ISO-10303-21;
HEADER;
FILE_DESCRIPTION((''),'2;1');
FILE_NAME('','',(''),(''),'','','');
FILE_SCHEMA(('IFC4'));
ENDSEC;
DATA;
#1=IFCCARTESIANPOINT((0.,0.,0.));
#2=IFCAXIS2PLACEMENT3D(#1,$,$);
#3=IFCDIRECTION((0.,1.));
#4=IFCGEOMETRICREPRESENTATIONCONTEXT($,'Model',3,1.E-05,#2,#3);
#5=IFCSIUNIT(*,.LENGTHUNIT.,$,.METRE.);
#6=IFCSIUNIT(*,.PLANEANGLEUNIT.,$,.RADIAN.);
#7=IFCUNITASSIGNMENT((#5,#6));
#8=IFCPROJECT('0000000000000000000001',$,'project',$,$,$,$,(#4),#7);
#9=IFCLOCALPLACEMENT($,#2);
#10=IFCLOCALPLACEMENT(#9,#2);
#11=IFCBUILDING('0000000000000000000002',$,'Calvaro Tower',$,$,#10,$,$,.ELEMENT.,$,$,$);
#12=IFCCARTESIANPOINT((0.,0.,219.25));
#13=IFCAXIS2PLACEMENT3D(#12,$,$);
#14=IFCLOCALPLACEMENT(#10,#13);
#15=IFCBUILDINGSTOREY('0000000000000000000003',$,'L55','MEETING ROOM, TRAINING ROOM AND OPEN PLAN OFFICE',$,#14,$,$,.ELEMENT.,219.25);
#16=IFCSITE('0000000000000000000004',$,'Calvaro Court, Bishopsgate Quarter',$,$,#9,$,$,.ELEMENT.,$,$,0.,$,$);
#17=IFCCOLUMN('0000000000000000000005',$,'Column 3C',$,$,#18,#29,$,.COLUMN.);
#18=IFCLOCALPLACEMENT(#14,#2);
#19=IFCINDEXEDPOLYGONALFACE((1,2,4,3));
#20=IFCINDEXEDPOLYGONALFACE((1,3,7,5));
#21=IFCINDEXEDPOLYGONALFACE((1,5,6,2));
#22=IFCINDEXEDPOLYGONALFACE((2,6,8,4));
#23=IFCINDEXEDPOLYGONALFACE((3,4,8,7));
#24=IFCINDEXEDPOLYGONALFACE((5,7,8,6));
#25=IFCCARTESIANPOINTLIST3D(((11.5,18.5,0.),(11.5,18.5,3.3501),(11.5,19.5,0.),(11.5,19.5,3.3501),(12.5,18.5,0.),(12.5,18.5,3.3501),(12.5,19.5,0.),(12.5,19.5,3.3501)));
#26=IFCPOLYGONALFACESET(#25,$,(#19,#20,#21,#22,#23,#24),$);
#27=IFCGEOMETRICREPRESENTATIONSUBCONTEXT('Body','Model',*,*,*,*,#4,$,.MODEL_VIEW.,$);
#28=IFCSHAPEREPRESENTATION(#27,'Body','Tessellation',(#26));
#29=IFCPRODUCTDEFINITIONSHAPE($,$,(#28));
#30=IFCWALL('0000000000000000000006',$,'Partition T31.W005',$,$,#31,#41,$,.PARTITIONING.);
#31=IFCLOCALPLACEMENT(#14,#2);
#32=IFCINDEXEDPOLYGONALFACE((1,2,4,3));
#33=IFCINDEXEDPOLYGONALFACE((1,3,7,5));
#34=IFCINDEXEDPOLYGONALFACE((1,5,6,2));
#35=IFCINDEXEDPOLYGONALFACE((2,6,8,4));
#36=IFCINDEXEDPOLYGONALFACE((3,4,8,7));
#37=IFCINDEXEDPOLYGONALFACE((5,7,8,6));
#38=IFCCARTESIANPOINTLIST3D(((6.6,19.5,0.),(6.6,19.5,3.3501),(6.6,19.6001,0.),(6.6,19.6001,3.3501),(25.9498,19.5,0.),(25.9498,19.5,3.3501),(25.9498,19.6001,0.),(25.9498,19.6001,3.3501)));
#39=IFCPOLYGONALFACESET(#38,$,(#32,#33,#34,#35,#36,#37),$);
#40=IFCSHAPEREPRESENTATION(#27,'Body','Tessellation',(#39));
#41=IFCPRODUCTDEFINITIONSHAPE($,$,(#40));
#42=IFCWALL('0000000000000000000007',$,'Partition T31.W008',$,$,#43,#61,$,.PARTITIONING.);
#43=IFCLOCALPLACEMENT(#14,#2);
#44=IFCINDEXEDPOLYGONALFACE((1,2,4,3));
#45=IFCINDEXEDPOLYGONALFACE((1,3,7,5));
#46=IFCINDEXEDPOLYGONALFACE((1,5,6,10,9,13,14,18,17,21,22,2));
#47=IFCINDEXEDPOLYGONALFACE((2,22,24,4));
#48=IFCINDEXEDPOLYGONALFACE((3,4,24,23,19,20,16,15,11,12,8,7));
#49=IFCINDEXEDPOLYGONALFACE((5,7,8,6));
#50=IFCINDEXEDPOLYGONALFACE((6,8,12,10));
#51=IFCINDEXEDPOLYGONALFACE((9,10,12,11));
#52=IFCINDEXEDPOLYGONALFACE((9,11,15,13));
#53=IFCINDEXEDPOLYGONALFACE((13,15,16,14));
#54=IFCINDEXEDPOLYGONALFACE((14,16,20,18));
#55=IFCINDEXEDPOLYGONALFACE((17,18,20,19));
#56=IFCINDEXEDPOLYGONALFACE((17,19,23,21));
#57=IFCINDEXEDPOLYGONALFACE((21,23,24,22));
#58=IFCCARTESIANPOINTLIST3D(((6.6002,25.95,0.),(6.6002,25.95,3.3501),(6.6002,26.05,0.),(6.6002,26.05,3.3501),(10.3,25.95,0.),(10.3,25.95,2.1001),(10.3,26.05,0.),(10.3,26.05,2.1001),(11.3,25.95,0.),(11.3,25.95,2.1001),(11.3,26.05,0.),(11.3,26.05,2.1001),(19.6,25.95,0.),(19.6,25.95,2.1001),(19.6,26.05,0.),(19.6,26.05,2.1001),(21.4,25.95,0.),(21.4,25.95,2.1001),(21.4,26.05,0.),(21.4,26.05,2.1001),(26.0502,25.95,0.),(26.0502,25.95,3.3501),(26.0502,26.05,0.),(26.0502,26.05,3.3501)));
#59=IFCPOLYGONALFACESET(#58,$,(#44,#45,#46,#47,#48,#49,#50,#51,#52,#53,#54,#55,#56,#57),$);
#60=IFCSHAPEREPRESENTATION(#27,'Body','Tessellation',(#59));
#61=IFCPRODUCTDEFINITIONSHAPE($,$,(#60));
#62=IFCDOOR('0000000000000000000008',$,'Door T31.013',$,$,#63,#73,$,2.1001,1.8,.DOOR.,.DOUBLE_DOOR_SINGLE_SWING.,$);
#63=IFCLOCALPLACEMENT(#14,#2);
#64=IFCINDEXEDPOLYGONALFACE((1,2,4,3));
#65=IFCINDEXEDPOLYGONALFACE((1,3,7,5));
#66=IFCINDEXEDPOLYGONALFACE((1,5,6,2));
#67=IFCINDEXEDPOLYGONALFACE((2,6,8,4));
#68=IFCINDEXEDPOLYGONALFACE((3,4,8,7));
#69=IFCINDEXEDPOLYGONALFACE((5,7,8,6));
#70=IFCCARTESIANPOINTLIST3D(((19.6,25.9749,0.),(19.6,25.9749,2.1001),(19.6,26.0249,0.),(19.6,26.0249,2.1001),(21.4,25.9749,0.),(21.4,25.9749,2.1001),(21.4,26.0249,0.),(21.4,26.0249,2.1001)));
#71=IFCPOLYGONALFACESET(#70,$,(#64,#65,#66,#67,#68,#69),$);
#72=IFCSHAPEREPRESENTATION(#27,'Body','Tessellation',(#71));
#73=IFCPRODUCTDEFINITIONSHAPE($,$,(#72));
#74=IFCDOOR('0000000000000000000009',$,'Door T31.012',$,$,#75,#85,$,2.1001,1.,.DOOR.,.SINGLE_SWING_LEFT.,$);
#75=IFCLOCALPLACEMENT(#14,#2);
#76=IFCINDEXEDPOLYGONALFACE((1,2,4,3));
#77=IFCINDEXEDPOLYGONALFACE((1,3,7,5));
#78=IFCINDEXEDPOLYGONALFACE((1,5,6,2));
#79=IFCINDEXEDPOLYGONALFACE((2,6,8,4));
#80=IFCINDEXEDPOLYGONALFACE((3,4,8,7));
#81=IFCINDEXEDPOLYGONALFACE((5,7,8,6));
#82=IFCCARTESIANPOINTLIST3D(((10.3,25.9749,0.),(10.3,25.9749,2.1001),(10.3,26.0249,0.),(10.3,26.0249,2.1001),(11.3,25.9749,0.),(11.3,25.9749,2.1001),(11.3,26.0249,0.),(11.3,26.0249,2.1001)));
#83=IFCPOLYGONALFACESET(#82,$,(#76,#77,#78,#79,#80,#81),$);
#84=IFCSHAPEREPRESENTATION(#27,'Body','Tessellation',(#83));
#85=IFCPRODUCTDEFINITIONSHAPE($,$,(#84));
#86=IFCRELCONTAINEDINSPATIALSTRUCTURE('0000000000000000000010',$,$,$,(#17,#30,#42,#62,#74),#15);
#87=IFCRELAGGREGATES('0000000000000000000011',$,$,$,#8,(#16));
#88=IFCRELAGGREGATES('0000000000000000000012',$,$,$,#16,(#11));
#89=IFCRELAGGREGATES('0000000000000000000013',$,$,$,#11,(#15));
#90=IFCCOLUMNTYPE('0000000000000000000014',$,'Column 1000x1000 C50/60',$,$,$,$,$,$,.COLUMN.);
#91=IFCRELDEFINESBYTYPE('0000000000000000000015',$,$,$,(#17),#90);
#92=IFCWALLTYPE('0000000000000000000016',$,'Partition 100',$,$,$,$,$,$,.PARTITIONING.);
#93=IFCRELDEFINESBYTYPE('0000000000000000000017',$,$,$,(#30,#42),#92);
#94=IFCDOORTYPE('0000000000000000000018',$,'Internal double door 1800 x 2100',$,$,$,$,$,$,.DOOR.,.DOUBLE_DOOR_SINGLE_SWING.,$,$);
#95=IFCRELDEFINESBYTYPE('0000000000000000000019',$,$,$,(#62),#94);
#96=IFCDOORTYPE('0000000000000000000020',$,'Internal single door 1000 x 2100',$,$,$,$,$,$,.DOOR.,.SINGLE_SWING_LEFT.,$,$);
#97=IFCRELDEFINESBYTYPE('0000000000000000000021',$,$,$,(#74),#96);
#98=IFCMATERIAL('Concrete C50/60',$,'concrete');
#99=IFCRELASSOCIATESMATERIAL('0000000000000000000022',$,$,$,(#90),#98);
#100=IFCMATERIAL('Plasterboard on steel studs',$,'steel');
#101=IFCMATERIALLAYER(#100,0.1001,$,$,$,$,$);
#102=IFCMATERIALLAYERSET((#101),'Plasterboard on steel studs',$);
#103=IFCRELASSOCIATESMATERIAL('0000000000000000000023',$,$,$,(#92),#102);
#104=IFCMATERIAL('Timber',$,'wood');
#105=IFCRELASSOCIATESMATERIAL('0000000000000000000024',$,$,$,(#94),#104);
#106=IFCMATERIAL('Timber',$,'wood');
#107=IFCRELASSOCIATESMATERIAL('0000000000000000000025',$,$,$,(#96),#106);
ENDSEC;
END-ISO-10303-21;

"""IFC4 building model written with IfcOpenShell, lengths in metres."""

from ifc_helpers import new_model, si_unit, direction, frame, frame_2d, origin, origin_2d, place, context, subcontext, project, spatial, rectangle, extrude, material, layer, layer_set, material_profile, profile_set, type_object, element, fill, save


model = new_model("IFC4")

# Units and contexts
model_context = context("Model", 3, precision=1e-05, world=origin(), true_north=direction((0.0, 1.0)))
body_context = subcontext(model_context, "Body", "Model", "MODEL_VIEW")
ifc_project = project(units=[si_unit("LENGTHUNIT", "METRE"), si_unit("PLANEANGLEUNIT", "RADIAN")], contexts=[model_context])

# Site, building, storey
site_placement = place(None, origin())
site = spatial("IfcSite", under=ifc_project, at=site_placement, Name="Calvaro Court, Bishopsgate Quarter", CompositionType="ELEMENT", RefElevation=0.0)
building_placement = place(site_placement, origin())
building = spatial("IfcBuilding", under=site, at=building_placement, Name="Calvaro Tower", CompositionType="ELEMENT")
storey_placement = place(building_placement, frame((0.0, 0.0, 219.25)))
storey = spatial("IfcBuildingStorey", under=building, at=storey_placement, Name="L55", Description="MEETING ROOM, TRAINING ROOM AND OPEN PLAN OFFICE", CompositionType="ELEMENT", Elevation=219.25)

# Column
ifc_material_1 = material(Name="Concrete C50/60", Category="concrete")
ifc_material_profile = material_profile(ifc_material_1, rectangle(XDim=1.0, YDim=1.0, at=origin_2d()), Name="RC 1000x1000")
ifc_profile_set = profile_set([ifc_material_profile], Name="Concrete C50/60")
column_type = type_object("IfcColumnType", Name="Column 1000x1000 C50/60", PredefinedType="COLUMN", material=ifc_profile_set)
column_placement = place(storey_placement, frame((12.0, 19.0, 0.0), z_axis=(0.0, 0.0, 1.0), x_axis=(1.0, 0.0, 0.0)))
element("IfcColumn", 1, at=column_placement, inside=storey, type_object=column_type, Name="Column 3C", PredefinedType="COLUMN", context=body_context, shape_type="SweptSolid", body=[
    extrude(rectangle(XDim=1.0, YDim=1.0, at=origin_2d()), origin(), (0.0, 0.0, 1.0), 3.3501),
])

# Wall
ifc_material_2 = material(Name="Plasterboard on steel studs", Category="steel")
ifc_layer_1 = layer(ifc_material_2, 0.1001)
ifc_layer_set_1 = layer_set([ifc_layer_1], Name="Plasterboard on steel studs")
wall_type_1 = type_object("IfcWallType", Name="Partition 100", PredefinedType="PARTITIONING", material=ifc_layer_set_1)
wall_1_placement = place(storey_placement, frame((6.6001, 19.55, 0.0), z_axis=(0.0, 0.0, 1.0), x_axis=(1.0, 0.0, 0.0)))
element("IfcWall", 2, at=wall_1_placement, inside=storey, type_object=wall_type_1, Name="Partition T31.W005", PredefinedType="PARTITIONING", context=body_context, shape_type="SweptSolid", body=[
    extrude(rectangle(XDim=19.3499, YDim=0.1001, at=frame_2d((9.6748, 0.0))), origin(), (0.0, 0.0, 1.0), 3.3501),
])

# Wall, openings, doors
wall_2_placement = place(storey_placement, frame((6.6001, 26.0, 0.0), z_axis=(0.0, 0.0, 1.0), x_axis=(1.0, 0.0, 0.0)))
wall_2 = element("IfcWall", 3, at=wall_2_placement, inside=storey, type_object=wall_type_1, Name="Partition T31.W008", PredefinedType="PARTITIONING", context=body_context, shape_type="SweptSolid", body=[
    extrude(rectangle(XDim=19.45, YDim=0.1001, at=frame_2d((9.7251, 0.0))), origin(), (0.0, 0.0, 1.0), 3.3501),
])
opening_1_placement = place(wall_2_placement, frame((3.7, 0.0, 0.0)))
opening_1 = element("IfcOpeningElement", 4, at=opening_1_placement, cuts=wall_2, PredefinedType="OPENING", context=body_context, shape_type="SweptSolid", body=[
    extrude(rectangle(XDim=1.0, YDim=2.1001, at=frame_2d((0.5, 1.05))), frame((0.0, 0.0601, 0.0), z_axis=(0.0, -1.0, 0.0), x_axis=(1.0, 0.0, 0.0)), (0.0, 0.0, 1.0), 0.1201),
])
opening_2_placement = place(wall_2_placement, frame((13.0, 0.0, 0.0)))
opening_2 = element("IfcOpeningElement", 5, at=opening_2_placement, cuts=wall_2, PredefinedType="OPENING", context=body_context, shape_type="SweptSolid", body=[
    extrude(rectangle(XDim=1.8, YDim=2.1001, at=frame_2d((0.8999, 1.05))), frame((0.0, 0.0601, 0.0), z_axis=(0.0, -1.0, 0.0), x_axis=(1.0, 0.0, 0.0)), (0.0, 0.0, 1.0), 0.1201),
])
ifc_material_3 = material(Name="Timber", Category="wood")
door_type_1 = type_object("IfcDoorType", Name="Internal double door 1800 x 2100", OperationType="DOUBLE_DOOR_SINGLE_SWING", PredefinedType="DOOR", material=ifc_material_3)
door_1_placement = place(opening_2_placement, origin())
door_1 = element("IfcDoor", 6, at=door_1_placement, inside=storey, type_object=door_type_1, Name="Door T31.013", OperationType="DOUBLE_DOOR_SINGLE_SWING", OverallHeight=2.1001, OverallWidth=1.8, PredefinedType="DOOR", context=body_context, shape_type="SweptSolid", body=[
    extrude(rectangle(XDim=1.8, YDim=2.1001, at=frame_2d((0.8999, 1.05))), frame((0.0, 0.0249, 0.0), z_axis=(0.0, -1.0, 0.0), x_axis=(1.0, 0.0, 0.0)), (0.0, 0.0, 1.0), 0.05),
])
fill(opening_2, door_1)
ifc_material_4 = material(Name="Timber", Category="wood")
door_type_2 = type_object("IfcDoorType", Name="Internal single door 1000 x 2100", OperationType="SINGLE_SWING_LEFT", PredefinedType="DOOR", material=ifc_material_4)
door_2_placement = place(opening_1_placement, origin())
door_2 = element("IfcDoor", 7, at=door_2_placement, inside=storey, type_object=door_type_2, Name="Door T31.012", OperationType="SINGLE_SWING_LEFT", OverallHeight=2.1001, OverallWidth=1.0, PredefinedType="DOOR", context=body_context, shape_type="SweptSolid", body=[
    extrude(rectangle(XDim=1.0, YDim=2.1001, at=frame_2d((0.5, 1.05))), frame((0.0, 0.0249, 0.0), z_axis=(0.0, -1.0, 0.0), x_axis=(1.0, 0.0, 0.0)), (0.0, 0.0, 1.0), 0.05),
])
fill(opening_1, door_2)

save(model, "model.ifc")
